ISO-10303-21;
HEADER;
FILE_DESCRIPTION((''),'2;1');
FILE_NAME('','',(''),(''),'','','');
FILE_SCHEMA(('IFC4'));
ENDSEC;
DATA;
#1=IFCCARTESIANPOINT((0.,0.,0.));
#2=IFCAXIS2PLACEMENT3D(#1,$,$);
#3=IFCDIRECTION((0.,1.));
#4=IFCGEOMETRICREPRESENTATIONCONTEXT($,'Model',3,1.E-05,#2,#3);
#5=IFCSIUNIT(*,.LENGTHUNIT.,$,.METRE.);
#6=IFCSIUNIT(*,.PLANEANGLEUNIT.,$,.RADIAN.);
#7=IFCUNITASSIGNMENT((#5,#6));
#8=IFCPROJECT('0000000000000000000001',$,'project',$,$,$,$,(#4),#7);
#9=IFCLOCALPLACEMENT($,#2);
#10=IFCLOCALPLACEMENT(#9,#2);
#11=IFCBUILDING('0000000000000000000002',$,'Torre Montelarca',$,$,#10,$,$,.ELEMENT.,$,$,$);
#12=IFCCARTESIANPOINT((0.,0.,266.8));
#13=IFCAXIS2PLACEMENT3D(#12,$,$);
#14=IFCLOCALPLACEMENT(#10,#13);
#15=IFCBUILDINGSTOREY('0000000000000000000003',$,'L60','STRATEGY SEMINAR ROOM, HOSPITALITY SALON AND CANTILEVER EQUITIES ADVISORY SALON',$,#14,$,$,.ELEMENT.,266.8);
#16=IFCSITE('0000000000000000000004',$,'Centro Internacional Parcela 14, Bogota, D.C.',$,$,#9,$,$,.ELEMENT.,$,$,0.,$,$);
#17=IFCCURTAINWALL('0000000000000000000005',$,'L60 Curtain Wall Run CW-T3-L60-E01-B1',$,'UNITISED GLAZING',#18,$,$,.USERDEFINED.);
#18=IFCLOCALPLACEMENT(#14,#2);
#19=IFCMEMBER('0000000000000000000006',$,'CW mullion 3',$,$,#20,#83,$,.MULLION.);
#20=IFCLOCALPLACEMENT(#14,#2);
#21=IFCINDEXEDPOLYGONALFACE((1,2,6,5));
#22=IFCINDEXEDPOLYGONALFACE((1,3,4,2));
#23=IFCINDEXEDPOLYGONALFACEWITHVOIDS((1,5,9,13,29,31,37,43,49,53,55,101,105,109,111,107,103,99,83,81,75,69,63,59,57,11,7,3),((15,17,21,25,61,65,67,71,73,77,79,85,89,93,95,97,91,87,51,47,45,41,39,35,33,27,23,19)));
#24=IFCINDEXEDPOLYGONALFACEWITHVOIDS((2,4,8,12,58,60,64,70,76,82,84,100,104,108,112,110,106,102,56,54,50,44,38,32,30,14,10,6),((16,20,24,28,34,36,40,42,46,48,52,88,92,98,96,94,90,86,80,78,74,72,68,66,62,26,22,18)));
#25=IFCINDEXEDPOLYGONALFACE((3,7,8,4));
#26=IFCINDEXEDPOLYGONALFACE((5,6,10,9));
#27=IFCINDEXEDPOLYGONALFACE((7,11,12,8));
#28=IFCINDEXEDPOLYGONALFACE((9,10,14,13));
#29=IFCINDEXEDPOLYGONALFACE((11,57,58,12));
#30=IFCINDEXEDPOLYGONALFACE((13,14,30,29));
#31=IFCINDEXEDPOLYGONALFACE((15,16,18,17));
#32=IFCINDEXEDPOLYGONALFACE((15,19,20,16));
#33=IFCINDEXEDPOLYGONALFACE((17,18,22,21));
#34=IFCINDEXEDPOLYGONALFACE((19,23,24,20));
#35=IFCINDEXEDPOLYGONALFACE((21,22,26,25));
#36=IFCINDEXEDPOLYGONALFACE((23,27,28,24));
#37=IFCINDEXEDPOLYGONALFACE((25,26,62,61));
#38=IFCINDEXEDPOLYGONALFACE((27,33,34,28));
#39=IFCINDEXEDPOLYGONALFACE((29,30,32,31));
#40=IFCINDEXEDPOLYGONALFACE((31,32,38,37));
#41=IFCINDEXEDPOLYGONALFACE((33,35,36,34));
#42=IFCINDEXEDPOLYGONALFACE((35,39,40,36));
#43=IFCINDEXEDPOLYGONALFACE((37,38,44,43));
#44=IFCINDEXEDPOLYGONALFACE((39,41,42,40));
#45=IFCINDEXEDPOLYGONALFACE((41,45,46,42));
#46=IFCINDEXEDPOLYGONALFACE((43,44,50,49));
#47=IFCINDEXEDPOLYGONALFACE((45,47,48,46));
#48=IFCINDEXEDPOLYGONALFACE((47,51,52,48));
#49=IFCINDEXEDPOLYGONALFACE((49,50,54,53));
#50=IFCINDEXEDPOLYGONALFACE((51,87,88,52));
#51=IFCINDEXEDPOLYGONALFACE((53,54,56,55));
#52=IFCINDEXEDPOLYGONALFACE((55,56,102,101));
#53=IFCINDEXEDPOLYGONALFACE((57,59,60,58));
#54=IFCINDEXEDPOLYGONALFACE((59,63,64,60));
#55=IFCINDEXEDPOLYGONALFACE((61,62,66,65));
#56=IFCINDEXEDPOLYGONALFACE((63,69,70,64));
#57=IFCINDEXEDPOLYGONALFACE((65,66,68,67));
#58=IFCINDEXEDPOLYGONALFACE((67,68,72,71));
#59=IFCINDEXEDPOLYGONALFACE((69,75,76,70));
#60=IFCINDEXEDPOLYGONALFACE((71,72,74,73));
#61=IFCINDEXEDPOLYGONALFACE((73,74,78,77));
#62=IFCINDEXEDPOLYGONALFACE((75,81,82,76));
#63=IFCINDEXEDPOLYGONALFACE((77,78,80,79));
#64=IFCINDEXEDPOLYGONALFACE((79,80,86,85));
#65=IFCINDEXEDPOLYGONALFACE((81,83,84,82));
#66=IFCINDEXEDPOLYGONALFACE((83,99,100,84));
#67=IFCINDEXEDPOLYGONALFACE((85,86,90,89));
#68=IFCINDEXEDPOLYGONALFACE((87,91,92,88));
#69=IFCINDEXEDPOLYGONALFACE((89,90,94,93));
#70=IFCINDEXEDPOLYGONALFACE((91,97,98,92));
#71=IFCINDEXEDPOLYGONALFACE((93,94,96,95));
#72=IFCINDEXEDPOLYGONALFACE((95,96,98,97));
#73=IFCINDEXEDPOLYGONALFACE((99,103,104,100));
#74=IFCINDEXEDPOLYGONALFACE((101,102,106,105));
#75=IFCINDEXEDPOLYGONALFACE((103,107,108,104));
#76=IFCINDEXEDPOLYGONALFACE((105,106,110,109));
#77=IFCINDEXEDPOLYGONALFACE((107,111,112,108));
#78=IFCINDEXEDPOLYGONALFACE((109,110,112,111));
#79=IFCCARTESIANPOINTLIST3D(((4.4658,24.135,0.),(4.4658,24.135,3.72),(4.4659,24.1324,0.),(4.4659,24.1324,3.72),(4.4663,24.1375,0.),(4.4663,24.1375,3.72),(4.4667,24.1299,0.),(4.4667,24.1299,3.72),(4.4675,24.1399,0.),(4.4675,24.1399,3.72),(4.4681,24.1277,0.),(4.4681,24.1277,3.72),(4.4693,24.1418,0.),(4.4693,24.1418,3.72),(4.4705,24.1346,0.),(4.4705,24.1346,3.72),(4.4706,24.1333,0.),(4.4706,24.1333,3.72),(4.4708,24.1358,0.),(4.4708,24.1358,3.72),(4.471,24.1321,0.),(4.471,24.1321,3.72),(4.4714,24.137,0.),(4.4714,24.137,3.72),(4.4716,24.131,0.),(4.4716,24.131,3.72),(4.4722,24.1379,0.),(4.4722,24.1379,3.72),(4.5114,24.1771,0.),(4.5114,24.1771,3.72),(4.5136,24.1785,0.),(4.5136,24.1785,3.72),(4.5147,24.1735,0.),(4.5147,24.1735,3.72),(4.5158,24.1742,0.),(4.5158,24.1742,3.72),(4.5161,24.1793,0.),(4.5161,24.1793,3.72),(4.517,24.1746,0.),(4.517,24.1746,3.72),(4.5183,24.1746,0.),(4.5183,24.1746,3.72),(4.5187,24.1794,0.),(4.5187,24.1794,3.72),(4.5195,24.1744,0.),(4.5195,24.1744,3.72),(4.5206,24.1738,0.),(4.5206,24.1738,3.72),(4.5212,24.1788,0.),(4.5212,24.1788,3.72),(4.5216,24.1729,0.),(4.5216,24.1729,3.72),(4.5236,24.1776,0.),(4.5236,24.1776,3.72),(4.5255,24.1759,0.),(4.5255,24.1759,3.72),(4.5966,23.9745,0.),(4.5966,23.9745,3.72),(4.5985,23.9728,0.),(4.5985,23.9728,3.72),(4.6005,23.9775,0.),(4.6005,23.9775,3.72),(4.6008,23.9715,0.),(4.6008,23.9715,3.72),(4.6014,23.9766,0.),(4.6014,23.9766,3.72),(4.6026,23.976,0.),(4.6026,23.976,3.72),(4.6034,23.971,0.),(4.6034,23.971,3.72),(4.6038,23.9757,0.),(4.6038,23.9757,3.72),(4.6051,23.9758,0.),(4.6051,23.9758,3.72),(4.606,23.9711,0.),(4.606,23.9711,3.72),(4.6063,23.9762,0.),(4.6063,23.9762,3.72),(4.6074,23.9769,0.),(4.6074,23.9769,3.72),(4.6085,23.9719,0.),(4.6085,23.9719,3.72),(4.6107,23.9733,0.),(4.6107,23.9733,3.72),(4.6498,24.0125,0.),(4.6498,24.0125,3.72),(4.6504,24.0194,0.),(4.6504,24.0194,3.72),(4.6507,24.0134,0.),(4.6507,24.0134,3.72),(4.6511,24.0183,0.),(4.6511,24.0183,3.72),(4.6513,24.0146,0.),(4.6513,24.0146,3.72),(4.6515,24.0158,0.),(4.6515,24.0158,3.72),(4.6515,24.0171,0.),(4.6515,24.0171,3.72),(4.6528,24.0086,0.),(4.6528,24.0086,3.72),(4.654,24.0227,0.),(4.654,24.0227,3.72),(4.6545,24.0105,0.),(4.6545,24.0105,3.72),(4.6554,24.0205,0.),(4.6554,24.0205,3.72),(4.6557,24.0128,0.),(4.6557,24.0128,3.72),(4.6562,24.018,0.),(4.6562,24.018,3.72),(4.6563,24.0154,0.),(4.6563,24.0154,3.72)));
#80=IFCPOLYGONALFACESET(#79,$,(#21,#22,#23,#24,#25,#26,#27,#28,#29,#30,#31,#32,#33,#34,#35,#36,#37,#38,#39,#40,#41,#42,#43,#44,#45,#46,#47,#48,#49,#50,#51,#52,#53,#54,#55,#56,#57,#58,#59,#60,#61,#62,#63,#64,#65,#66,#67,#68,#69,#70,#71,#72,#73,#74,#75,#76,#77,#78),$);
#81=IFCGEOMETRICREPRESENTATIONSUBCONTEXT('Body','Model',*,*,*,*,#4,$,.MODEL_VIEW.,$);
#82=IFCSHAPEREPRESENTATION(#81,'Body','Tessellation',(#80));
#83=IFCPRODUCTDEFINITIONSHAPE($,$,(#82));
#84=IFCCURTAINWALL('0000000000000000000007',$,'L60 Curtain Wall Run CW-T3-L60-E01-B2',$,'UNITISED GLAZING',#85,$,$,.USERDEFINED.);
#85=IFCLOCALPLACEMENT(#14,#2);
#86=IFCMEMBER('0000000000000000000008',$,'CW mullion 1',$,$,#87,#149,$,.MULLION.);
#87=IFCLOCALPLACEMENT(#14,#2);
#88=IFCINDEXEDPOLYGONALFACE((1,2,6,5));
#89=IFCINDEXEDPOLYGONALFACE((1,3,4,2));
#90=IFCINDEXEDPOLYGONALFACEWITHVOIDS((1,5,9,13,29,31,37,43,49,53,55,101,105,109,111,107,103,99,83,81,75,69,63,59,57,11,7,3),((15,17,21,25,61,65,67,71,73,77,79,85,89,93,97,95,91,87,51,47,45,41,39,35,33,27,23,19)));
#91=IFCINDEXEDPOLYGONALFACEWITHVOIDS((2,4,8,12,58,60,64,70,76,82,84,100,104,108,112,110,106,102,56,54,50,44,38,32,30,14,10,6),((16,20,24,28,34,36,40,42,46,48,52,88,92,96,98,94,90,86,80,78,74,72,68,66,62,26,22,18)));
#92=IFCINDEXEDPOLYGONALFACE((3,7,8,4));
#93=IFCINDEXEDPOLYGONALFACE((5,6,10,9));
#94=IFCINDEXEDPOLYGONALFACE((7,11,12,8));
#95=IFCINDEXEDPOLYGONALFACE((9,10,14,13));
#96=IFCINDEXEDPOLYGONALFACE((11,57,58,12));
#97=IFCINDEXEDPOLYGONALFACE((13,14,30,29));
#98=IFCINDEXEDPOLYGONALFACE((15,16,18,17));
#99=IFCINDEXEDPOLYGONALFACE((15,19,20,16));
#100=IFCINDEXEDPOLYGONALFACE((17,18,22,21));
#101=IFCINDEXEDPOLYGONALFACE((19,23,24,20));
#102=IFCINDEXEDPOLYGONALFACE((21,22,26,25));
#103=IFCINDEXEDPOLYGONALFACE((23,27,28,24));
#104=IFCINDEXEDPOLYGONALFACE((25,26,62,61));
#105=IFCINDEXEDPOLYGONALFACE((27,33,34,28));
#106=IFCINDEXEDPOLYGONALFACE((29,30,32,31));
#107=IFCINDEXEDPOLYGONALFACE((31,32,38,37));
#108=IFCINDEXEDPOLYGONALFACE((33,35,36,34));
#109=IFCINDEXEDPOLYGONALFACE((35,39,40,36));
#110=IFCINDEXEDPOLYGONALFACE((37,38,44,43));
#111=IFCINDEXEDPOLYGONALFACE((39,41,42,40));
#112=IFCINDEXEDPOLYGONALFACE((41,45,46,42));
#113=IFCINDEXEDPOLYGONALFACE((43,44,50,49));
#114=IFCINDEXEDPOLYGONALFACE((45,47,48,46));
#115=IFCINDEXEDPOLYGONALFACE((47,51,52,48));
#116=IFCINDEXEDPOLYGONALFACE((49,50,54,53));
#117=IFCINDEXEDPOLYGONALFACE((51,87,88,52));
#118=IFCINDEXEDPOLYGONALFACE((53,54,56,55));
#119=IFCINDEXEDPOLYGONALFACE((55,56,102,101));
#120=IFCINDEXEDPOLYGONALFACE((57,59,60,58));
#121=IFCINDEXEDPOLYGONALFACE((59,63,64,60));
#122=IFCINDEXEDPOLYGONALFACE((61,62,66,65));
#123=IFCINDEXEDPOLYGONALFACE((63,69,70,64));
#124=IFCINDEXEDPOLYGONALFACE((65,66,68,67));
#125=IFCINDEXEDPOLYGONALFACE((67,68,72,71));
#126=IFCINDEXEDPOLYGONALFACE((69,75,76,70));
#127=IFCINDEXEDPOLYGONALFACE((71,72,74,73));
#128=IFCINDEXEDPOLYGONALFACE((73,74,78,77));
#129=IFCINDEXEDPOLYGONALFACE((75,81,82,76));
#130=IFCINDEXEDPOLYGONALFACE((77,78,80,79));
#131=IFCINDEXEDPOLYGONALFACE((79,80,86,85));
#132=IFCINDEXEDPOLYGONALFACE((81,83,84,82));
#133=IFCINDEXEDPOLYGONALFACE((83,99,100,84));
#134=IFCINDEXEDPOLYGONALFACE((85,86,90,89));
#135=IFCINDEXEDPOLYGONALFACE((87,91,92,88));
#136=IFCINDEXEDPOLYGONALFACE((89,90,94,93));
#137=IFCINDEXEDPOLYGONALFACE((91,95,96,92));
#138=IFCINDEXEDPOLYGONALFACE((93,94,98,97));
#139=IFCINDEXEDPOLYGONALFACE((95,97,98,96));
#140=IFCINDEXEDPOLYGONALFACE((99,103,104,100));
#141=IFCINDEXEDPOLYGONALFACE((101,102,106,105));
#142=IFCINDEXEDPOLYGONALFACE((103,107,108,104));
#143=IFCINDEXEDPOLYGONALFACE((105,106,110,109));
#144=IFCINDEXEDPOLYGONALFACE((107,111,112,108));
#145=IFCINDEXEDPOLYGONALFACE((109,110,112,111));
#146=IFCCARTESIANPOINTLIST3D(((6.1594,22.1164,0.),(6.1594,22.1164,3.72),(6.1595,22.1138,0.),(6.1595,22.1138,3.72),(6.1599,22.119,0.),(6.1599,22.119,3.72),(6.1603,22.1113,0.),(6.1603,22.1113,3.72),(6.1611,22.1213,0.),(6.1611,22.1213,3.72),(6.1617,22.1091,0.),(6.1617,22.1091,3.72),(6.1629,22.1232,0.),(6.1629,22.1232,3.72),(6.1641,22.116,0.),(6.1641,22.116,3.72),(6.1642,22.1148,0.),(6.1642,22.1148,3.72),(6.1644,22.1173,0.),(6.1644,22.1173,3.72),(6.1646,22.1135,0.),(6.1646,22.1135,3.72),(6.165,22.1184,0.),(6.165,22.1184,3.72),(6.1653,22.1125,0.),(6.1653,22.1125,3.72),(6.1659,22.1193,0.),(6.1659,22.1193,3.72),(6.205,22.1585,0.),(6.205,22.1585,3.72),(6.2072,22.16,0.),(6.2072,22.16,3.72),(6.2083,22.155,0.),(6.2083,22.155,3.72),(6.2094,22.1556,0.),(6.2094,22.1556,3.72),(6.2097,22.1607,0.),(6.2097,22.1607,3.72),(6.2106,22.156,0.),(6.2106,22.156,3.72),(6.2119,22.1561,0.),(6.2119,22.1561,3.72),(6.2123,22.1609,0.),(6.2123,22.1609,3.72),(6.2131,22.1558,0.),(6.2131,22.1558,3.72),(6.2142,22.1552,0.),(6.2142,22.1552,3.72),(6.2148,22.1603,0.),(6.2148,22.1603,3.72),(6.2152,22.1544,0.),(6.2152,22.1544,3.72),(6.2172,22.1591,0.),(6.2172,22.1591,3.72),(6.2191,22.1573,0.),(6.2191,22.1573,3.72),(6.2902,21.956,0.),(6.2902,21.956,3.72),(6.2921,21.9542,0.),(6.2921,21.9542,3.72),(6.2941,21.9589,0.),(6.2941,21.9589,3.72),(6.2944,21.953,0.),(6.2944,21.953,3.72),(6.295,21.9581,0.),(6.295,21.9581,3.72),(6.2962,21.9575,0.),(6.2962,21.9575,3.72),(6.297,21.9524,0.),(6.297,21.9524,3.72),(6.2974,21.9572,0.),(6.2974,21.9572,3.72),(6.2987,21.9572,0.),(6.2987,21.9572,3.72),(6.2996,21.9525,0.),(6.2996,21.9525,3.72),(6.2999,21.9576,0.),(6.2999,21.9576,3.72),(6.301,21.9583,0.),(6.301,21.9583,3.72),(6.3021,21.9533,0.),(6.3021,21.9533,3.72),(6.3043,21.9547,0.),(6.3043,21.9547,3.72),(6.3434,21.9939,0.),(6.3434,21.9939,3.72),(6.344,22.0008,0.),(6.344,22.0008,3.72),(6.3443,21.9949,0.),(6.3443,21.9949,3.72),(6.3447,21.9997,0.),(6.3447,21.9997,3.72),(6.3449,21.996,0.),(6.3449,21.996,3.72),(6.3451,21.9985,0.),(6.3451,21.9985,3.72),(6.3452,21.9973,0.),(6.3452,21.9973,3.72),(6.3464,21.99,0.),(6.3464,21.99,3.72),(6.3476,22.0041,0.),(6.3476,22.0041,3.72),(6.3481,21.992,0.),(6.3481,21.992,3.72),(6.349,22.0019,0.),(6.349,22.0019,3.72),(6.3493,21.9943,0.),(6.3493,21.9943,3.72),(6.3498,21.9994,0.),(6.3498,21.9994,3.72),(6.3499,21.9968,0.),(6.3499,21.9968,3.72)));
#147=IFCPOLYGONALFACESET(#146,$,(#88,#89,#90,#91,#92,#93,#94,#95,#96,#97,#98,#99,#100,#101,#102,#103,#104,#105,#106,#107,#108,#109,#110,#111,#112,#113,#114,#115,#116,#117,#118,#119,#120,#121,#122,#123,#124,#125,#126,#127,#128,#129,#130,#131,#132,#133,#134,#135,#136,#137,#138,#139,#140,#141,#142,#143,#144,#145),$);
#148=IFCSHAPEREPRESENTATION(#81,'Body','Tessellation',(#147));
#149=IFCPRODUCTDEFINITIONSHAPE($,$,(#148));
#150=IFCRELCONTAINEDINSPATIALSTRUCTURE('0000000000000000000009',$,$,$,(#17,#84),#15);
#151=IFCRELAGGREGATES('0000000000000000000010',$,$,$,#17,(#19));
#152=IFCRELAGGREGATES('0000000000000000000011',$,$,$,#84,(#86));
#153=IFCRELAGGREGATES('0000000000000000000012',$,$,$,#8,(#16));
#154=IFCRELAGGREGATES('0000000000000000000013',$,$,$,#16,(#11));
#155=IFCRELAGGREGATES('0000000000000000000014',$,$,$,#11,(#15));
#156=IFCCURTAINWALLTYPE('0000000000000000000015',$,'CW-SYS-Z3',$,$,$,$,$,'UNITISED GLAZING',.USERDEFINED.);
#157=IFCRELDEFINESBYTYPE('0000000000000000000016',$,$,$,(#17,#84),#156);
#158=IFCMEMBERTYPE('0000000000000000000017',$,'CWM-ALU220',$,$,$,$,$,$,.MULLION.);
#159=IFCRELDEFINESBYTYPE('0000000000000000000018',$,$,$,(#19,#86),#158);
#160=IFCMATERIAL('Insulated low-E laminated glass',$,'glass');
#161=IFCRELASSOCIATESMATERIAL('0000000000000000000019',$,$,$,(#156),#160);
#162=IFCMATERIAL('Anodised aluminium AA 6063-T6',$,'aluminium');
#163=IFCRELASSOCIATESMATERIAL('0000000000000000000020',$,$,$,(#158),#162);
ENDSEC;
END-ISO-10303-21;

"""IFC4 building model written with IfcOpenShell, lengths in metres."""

from ifc_helpers import new_model, si_unit, direction, frame, origin, origin_2d, place, context, subcontext, project, spatial, hollow_rectangle, extrude, source, transform, mapped, material, material_profile, profile_set, type_object, element, aggregate, save


model = new_model("IFC4")

# Units and contexts
model_context = context("Model", 3, precision=1e-05, world=origin(), true_north=direction((0.0, 1.0)))
body_context = subcontext(model_context, "Body", "Model", "MODEL_VIEW")
ifc_project = project(units=[si_unit("LENGTHUNIT", "METRE"), si_unit("PLANEANGLEUNIT", "RADIAN")], contexts=[model_context])

# Site, building, storey
site_placement = place(None, origin())
site = spatial("IfcSite", under=ifc_project, at=site_placement, Name="Centro Internacional Parcela 14, Bogota, D.C.", CompositionType="ELEMENT", RefElevation=0.0)
building_placement = place(site_placement, origin())
building = spatial("IfcBuilding", under=site, at=building_placement, Name="Torre Montelarca", CompositionType="ELEMENT")
storey_placement = place(building_placement, frame((0.0, 0.0, 266.8)))
storey = spatial("IfcBuildingStorey", under=building, at=storey_placement, Name="L60", Description="STRATEGY SEMINAR ROOM, HOSPITALITY SALON AND CANTILEVER EQUITIES ADVISORY SALON", CompositionType="ELEMENT", Elevation=266.8)

# Curtain wall, member
ifc_material_1 = material(Name="Insulated low-E laminated glass", Category="glass")
curtain_wall_type = type_object("IfcCurtainWallType", Name="CW-SYS-Z3", ElementType="UNITISED GLAZING", PredefinedType="USERDEFINED", material=ifc_material_1)
curtain_wall_1_placement = place(storey_placement, origin())
curtain_wall_1 = element("IfcCurtainWall", 1, at=curtain_wall_1_placement, inside=storey, type_object=curtain_wall_type, Name="L60 Curtain Wall Run CW-T3-L60-E01-B1", ObjectType="UNITISED GLAZING", PredefinedType="USERDEFINED")
ifc_material_2 = material(Name="Anodised aluminium AA 6063-T6", Category="aluminium")
ifc_material_profile_1 = material_profile(ifc_material_2, hollow_rectangle(XDim=0.075, YDim=0.22, WallThickness=0.0049, InnerFilletRadius=0.0049, OuterFilletRadius=0.01, at=origin_2d()), Name="ALU75X220X5", Category="aluminium")
ifc_profile_set_1 = profile_set([ifc_material_profile_1], Name="Anodised aluminium AA 6063-T6")
member_type_1 = type_object("IfcMemberType", Name="CWM-ALU220", PredefinedType="MULLION", material=ifc_profile_set_1)
shared_shape_1 = source(origin(), body_context, "Body", "SweptSolid", [
    extrude(hollow_rectangle(XDim=0.075, YDim=0.22, WallThickness=0.0049, InnerFilletRadius=0.0049, OuterFilletRadius=0.01, at=origin_2d()), origin(), (0.0, 0.0, 1.0), 3.72),
])
member_1_placement = place(storey_placement, frame((4.561, 24.0752, 0.0), z_axis=(0.0, 0.0, 1.0), x_axis=(0.766039, 0.642794, 0.0)))
member_1 = element("IfcMember", 2, at=member_1_placement, type_object=member_type_1, Name="CW mullion 3", PredefinedType="MULLION", context=body_context, shape_type="MappedRepresentation", body=[
    mapped(shared_shape_1, transform((0.0, 0.0, 0.0), scale=1.0)),
])

# Curtain wall, member
curtain_wall_2_placement = place(storey_placement, origin())
curtain_wall_2 = element("IfcCurtainWall", 3, at=curtain_wall_2_placement, inside=storey, type_object=curtain_wall_type, Name="L60 Curtain Wall Run CW-T3-L60-E01-B2", ObjectType="UNITISED GLAZING", PredefinedType="USERDEFINED")
member_2_placement = place(storey_placement, frame((6.2546, 22.0566, 0.0), z_axis=(0.0, 0.0, 1.0), x_axis=(0.766039, 0.642794, 0.0)))
member_2 = element("IfcMember", 4, at=member_2_placement, type_object=member_type_1, Name="CW mullion 1", PredefinedType="MULLION", context=body_context, shape_type="MappedRepresentation", body=[
    mapped(shared_shape_1, transform((0.0, 0.0, 0.0), scale=1.0)),
])

aggregate(curtain_wall_1, [member_1])
aggregate(curtain_wall_2, [member_2])

save(model, "model.ifc")
